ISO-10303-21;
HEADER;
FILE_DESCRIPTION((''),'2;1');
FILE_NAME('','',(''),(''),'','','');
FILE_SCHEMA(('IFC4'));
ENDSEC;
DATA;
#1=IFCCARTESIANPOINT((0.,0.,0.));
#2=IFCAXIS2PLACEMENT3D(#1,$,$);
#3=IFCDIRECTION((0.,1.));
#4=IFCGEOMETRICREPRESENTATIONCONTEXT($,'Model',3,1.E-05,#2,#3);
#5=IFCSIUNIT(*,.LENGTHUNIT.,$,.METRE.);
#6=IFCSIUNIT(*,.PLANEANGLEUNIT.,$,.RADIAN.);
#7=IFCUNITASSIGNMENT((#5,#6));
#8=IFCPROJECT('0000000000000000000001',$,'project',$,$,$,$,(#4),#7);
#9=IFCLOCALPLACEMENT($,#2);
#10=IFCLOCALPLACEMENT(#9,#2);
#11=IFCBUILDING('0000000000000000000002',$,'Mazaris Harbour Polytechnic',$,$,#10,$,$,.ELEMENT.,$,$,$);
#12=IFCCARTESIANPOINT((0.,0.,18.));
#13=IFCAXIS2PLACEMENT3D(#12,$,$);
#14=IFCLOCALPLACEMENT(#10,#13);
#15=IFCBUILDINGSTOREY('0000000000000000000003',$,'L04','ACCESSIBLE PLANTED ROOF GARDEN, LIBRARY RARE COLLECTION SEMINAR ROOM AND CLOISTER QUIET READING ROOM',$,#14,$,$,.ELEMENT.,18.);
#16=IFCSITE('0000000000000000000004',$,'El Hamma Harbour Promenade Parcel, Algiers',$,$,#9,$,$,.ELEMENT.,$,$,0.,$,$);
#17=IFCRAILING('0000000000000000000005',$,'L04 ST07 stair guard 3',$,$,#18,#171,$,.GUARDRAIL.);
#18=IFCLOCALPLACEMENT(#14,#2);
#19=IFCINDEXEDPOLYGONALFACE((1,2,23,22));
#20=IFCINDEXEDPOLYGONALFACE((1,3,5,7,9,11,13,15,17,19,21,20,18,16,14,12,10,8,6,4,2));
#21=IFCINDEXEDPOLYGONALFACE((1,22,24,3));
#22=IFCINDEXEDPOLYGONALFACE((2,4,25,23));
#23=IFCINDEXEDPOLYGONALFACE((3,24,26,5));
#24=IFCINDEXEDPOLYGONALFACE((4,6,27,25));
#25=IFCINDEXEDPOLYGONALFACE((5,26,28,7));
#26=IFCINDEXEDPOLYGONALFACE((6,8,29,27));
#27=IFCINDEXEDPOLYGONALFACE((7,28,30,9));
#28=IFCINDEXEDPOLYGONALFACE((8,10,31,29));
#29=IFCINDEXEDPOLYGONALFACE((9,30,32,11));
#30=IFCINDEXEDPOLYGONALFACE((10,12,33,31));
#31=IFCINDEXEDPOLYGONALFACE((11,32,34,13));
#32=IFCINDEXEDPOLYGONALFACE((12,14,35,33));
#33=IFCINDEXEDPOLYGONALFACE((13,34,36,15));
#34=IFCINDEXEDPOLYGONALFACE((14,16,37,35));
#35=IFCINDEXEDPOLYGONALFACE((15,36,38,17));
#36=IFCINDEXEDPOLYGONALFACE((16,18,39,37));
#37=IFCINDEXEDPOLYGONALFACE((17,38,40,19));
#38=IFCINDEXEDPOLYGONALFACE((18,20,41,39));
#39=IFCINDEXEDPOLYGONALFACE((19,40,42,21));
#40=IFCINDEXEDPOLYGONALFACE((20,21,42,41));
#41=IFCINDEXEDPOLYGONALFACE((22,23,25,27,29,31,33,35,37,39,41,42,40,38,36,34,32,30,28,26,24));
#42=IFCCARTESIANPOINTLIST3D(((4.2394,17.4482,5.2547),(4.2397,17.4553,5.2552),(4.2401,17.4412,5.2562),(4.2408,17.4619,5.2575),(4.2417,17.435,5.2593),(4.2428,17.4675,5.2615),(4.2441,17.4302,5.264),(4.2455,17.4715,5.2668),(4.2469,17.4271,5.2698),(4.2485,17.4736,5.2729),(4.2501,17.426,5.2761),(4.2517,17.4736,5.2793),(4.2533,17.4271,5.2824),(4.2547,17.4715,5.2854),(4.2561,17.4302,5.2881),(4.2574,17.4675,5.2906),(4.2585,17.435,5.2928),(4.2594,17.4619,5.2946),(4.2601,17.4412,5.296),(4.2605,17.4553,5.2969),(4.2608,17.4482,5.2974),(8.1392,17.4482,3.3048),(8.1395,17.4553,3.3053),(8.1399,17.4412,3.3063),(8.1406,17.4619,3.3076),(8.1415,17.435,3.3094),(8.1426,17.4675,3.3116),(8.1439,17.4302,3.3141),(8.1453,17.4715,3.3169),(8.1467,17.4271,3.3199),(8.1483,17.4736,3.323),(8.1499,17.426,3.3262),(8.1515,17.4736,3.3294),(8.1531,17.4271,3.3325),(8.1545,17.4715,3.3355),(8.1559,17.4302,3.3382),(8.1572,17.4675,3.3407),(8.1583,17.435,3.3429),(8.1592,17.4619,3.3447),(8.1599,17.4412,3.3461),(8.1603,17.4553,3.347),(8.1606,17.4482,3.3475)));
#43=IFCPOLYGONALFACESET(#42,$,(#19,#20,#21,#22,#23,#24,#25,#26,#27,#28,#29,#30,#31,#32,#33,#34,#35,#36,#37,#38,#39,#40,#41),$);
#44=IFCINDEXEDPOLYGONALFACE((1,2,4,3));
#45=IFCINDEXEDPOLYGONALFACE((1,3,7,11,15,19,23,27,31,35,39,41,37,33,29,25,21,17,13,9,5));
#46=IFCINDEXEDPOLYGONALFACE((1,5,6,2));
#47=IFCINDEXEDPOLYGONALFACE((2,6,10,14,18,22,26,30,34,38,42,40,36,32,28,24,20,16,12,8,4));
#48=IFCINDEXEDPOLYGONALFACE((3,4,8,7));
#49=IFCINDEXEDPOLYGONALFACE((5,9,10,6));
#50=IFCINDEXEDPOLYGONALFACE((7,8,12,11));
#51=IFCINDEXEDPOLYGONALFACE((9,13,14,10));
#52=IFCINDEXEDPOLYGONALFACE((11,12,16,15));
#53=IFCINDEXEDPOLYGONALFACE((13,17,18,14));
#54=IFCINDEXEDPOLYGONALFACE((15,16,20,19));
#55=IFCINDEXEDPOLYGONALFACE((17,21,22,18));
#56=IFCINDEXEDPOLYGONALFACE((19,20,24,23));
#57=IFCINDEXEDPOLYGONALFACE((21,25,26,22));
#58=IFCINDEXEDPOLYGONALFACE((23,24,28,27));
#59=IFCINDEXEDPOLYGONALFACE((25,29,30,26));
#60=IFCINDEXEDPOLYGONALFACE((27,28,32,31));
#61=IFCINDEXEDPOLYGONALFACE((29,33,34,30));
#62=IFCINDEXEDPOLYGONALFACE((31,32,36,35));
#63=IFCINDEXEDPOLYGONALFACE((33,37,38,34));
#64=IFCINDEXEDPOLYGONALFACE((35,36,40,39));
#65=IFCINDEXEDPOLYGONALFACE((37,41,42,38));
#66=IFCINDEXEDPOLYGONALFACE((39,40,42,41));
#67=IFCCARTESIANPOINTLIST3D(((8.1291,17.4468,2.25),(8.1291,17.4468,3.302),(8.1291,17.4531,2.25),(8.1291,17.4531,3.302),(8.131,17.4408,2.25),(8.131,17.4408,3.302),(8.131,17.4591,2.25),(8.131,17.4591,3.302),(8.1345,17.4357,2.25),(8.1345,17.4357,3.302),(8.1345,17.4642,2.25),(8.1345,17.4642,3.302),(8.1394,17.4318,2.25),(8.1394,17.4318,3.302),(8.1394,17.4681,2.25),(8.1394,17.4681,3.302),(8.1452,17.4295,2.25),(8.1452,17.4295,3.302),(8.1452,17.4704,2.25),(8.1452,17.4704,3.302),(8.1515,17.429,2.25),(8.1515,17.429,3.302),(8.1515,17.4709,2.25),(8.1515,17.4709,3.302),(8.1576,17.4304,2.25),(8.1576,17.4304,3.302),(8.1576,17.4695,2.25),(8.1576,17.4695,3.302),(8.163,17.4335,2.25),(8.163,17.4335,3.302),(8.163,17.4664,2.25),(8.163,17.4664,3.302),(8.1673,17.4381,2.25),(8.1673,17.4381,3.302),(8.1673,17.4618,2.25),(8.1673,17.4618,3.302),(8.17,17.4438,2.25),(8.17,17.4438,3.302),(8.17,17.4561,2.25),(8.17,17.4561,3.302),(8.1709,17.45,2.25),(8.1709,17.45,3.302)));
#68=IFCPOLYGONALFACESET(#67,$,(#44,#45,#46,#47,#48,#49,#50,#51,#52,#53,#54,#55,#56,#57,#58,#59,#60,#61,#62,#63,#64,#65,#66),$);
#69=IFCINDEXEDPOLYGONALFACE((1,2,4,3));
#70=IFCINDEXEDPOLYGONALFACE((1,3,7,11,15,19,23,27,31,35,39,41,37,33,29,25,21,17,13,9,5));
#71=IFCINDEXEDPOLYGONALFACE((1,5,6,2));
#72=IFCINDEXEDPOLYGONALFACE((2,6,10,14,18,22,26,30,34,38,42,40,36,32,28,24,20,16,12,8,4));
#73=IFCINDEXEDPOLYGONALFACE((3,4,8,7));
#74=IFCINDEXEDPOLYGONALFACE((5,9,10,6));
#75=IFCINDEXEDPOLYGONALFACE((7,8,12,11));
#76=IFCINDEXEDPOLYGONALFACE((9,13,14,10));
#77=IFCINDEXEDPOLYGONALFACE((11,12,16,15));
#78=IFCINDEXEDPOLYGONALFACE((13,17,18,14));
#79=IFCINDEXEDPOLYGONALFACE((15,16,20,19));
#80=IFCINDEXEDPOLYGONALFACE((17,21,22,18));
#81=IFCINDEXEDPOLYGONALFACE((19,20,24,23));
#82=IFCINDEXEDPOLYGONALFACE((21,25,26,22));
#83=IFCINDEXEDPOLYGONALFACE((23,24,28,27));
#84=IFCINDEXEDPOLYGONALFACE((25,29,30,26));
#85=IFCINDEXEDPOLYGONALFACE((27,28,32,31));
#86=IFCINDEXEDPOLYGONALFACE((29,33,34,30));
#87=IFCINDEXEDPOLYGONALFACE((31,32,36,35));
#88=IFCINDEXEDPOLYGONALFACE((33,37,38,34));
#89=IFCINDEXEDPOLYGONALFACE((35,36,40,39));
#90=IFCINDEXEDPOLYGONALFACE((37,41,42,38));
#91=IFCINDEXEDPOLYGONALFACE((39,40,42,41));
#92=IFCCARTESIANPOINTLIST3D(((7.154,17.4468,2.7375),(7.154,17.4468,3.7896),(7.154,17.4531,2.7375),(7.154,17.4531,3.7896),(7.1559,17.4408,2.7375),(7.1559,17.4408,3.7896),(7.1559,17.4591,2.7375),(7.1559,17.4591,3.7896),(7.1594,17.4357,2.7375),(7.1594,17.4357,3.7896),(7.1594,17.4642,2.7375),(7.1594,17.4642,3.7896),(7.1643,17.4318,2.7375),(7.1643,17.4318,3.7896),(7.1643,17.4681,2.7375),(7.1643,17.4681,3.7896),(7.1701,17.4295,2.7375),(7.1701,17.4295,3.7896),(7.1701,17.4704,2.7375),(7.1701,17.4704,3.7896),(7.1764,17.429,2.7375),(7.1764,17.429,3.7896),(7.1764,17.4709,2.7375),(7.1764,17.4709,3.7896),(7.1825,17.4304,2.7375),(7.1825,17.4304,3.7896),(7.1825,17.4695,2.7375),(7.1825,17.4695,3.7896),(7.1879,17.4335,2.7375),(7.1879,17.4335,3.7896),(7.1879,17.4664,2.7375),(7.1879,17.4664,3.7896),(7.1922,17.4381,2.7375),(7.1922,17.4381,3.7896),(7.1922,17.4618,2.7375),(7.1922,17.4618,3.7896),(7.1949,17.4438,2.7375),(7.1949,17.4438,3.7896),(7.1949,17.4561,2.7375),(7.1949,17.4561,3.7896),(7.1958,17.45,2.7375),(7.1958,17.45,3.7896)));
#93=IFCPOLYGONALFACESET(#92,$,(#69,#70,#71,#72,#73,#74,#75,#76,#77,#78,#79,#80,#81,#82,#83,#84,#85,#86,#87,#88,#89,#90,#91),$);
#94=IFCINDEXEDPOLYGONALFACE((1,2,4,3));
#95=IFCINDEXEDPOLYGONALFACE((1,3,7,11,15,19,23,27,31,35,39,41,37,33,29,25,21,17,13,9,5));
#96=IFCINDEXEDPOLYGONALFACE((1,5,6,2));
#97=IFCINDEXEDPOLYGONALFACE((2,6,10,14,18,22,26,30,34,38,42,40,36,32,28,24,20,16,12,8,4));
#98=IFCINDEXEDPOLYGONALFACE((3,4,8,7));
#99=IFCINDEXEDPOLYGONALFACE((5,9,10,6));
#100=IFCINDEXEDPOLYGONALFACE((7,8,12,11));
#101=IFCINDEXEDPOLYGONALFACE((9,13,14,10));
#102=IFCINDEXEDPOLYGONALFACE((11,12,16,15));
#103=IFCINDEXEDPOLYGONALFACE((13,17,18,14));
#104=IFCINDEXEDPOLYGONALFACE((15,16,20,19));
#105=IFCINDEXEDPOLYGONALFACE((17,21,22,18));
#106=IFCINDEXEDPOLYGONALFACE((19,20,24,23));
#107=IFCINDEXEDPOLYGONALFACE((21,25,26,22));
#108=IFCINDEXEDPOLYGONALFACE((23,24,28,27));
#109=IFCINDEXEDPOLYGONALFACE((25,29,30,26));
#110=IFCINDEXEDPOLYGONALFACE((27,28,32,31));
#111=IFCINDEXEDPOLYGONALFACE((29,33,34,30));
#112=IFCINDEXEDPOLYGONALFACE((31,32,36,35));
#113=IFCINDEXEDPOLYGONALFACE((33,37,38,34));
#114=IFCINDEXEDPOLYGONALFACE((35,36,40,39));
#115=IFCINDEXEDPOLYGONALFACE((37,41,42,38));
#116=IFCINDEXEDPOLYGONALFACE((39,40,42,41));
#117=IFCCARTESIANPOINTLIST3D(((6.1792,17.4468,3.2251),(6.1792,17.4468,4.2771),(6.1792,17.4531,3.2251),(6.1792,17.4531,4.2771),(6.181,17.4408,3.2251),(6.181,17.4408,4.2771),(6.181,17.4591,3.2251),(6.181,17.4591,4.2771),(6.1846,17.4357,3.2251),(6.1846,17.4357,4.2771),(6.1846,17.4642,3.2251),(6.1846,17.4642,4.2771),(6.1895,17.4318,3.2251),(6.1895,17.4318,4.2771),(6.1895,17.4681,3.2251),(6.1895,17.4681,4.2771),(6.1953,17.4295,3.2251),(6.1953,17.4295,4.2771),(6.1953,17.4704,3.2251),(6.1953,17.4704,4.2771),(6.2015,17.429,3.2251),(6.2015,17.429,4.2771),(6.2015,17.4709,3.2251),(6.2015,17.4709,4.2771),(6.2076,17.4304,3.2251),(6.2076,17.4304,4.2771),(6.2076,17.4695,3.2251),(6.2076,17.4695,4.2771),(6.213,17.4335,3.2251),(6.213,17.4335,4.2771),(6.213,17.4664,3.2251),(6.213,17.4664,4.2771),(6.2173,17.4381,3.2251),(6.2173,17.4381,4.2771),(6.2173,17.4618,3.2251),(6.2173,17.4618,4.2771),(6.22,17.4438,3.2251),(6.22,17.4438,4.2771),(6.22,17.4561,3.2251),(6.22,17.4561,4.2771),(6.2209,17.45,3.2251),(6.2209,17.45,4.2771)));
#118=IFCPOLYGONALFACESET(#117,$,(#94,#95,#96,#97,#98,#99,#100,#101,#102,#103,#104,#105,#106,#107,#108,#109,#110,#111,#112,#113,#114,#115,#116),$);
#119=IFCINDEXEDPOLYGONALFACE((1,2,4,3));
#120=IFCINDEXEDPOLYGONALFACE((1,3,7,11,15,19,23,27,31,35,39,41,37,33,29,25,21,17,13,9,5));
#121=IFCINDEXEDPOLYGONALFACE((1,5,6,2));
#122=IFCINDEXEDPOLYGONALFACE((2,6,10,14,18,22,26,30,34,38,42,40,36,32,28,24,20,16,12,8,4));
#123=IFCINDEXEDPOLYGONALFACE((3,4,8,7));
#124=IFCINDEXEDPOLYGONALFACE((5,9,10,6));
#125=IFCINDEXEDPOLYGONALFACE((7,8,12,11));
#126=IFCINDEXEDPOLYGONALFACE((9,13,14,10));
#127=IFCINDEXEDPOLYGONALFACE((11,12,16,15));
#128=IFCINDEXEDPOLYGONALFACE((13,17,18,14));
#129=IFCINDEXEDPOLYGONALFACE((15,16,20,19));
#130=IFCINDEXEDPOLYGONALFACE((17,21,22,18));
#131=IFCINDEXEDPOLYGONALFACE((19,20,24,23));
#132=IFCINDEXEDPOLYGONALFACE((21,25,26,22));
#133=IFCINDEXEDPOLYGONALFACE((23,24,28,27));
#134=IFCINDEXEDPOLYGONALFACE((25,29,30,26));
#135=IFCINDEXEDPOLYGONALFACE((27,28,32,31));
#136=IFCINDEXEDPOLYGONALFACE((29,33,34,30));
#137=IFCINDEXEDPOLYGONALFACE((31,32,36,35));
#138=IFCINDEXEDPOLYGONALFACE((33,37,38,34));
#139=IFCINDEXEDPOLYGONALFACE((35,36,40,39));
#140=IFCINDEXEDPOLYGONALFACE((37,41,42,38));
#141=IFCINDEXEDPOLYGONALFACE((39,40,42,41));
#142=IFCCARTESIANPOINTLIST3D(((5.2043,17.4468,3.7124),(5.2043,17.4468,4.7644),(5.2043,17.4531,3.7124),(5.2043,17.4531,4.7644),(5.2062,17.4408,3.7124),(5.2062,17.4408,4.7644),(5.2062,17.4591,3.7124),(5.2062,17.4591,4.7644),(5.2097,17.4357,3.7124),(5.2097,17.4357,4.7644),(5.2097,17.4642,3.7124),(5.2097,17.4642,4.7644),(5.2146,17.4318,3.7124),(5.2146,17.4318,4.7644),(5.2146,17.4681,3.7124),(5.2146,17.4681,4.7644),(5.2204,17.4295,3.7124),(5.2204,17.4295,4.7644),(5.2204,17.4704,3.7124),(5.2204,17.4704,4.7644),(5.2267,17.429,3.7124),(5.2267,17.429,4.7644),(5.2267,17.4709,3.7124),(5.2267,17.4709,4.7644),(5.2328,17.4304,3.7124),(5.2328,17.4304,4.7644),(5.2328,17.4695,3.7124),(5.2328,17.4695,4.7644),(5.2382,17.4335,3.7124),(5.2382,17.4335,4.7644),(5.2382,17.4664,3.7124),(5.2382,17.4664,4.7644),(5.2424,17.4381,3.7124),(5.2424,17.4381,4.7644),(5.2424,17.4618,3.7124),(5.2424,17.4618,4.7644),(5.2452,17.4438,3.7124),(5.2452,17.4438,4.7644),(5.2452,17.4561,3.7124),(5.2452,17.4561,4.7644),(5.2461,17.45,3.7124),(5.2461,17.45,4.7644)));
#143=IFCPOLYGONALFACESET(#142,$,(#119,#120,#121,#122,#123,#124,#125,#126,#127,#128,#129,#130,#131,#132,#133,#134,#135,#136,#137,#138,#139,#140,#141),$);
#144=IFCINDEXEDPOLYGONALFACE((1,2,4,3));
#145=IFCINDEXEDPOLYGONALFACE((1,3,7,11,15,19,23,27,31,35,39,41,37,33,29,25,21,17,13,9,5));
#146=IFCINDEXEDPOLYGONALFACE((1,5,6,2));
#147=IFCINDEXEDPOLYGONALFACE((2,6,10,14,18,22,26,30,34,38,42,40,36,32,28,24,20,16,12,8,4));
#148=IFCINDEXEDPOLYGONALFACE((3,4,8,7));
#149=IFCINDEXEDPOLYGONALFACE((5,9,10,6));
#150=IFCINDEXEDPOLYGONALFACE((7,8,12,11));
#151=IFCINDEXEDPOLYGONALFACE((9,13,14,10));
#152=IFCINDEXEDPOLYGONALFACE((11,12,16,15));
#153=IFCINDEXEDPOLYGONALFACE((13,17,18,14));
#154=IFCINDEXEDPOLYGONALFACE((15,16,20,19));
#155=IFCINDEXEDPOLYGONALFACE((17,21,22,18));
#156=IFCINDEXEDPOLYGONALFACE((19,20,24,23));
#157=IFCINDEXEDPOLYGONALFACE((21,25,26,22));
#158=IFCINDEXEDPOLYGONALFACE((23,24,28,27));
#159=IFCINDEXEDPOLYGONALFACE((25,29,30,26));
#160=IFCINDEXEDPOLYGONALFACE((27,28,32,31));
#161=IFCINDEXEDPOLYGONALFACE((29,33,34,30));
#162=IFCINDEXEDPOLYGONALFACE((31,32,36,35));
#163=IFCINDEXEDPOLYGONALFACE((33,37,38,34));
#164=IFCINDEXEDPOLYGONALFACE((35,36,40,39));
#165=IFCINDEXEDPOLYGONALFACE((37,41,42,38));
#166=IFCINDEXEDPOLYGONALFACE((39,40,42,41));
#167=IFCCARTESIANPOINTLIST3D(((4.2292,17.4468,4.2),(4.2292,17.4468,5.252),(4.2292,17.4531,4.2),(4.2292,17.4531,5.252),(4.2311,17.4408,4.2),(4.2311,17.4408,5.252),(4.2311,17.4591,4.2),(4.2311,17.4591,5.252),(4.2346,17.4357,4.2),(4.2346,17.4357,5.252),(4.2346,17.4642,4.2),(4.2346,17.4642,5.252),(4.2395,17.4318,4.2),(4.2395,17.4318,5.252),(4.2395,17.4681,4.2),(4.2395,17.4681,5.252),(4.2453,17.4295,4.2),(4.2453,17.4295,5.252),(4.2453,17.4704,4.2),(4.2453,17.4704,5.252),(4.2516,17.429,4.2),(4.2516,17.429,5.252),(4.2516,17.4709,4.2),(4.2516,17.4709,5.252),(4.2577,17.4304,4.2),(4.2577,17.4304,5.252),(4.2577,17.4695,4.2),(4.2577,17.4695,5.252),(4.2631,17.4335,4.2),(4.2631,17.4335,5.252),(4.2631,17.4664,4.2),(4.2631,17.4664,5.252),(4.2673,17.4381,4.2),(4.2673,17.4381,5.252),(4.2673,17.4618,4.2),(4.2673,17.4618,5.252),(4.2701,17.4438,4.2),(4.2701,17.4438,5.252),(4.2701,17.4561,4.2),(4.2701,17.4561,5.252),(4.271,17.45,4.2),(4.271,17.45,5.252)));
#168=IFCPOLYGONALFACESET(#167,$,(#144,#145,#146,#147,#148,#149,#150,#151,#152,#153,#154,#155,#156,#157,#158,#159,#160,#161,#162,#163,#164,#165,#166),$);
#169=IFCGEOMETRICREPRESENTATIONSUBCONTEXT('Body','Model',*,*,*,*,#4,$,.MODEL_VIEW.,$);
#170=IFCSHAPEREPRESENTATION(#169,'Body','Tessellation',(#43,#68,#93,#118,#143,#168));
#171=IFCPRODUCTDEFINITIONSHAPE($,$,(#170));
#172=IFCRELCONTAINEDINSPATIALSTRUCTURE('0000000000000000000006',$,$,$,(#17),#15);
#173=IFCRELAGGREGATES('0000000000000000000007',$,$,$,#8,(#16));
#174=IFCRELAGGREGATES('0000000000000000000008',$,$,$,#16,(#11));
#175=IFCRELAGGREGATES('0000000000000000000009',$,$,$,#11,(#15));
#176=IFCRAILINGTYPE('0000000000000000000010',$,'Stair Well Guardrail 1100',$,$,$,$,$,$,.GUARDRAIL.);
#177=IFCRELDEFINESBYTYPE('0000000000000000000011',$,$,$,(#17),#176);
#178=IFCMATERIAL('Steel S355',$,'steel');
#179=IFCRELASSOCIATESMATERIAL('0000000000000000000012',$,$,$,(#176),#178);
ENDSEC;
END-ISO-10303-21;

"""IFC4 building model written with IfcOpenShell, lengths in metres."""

from ifc_helpers import new_model, si_unit, direction, frame, origin, origin_2d, place, context, subcontext, project, spatial, circle, extrude, material, type_object, element, save


model = new_model("IFC4")

# Units and contexts
model_context = context("Model", 3, precision=1e-05, world=origin(), true_north=direction((0.0, 1.0)))
body_context = subcontext(model_context, "Body", "Model", "MODEL_VIEW")
ifc_project = project(units=[si_unit("LENGTHUNIT", "METRE"), si_unit("PLANEANGLEUNIT", "RADIAN")], contexts=[model_context])

# Site, building, storey
site_placement = place(None, origin())
site = spatial("IfcSite", under=ifc_project, at=site_placement, Name="El Hamma Harbour Promenade Parcel, Algiers", CompositionType="ELEMENT", RefElevation=0.0)
building_placement = place(site_placement, origin())
building = spatial("IfcBuilding", under=site, at=building_placement, Name="Mazaris Harbour Polytechnic", CompositionType="ELEMENT")
storey_placement = place(building_placement, frame((0.0, 0.0, 18.0)))
storey = spatial("IfcBuildingStorey", under=building, at=storey_placement, Name="L04", Description="ACCESSIBLE PLANTED ROOF GARDEN, LIBRARY RARE COLLECTION SEMINAR ROOM AND CLOISTER QUIET READING ROOM", CompositionType="ELEMENT", Elevation=18.0)

# Railing
ifc_material_1 = material(Name="Steel S355", Category="steel")
railing_type_1 = type_object("IfcRailingType", Name="Stair Well Guardrail 1100", PredefinedType="GUARDRAIL", material=ifc_material_1)
railing_1_placement = place(storey_placement, frame((8.1499, 17.45, 2.25)))
element("IfcRailing", 1, at=railing_1_placement, inside=storey, type_object=railing_type_1, Name="L04 ST07 stair guard 3", PredefinedType="GUARDRAIL", context=body_context, shape_type="SweptSolid", body=[
    extrude(circle(Radius=0.0239, at=origin_2d()), frame((0.0, 0.0, 1.0762), z_axis=(-0.894427, 0.0, 0.447214), x_axis=(0.0, -1.0, 0.0)), (0.0, 0.0, 1.0), 4.3601),
    extrude(circle(Radius=0.021, at=origin_2d()), origin(), (0.0, 0.0, 1.0), 1.052),
    extrude(circle(Radius=0.021, at=origin_2d()), frame((-0.9751, 0.0, 0.4875)), (0.0, 0.0, 1.0), 1.052),
    extrude(circle(Radius=0.021, at=origin_2d()), frame((-1.95, 0.0, 0.9751)), (0.0, 0.0, 1.0), 1.052),
    extrude(circle(Radius=0.021, at=origin_2d()), frame((-2.9248, 0.0, 1.4624)), (0.0, 0.0, 1.0), 1.052),
    extrude(circle(Radius=0.021, at=origin_2d()), frame((-3.8999, 0.0, 1.95)), (0.0, 0.0, 1.0), 1.052),
])

save(model, "model.ifc")
